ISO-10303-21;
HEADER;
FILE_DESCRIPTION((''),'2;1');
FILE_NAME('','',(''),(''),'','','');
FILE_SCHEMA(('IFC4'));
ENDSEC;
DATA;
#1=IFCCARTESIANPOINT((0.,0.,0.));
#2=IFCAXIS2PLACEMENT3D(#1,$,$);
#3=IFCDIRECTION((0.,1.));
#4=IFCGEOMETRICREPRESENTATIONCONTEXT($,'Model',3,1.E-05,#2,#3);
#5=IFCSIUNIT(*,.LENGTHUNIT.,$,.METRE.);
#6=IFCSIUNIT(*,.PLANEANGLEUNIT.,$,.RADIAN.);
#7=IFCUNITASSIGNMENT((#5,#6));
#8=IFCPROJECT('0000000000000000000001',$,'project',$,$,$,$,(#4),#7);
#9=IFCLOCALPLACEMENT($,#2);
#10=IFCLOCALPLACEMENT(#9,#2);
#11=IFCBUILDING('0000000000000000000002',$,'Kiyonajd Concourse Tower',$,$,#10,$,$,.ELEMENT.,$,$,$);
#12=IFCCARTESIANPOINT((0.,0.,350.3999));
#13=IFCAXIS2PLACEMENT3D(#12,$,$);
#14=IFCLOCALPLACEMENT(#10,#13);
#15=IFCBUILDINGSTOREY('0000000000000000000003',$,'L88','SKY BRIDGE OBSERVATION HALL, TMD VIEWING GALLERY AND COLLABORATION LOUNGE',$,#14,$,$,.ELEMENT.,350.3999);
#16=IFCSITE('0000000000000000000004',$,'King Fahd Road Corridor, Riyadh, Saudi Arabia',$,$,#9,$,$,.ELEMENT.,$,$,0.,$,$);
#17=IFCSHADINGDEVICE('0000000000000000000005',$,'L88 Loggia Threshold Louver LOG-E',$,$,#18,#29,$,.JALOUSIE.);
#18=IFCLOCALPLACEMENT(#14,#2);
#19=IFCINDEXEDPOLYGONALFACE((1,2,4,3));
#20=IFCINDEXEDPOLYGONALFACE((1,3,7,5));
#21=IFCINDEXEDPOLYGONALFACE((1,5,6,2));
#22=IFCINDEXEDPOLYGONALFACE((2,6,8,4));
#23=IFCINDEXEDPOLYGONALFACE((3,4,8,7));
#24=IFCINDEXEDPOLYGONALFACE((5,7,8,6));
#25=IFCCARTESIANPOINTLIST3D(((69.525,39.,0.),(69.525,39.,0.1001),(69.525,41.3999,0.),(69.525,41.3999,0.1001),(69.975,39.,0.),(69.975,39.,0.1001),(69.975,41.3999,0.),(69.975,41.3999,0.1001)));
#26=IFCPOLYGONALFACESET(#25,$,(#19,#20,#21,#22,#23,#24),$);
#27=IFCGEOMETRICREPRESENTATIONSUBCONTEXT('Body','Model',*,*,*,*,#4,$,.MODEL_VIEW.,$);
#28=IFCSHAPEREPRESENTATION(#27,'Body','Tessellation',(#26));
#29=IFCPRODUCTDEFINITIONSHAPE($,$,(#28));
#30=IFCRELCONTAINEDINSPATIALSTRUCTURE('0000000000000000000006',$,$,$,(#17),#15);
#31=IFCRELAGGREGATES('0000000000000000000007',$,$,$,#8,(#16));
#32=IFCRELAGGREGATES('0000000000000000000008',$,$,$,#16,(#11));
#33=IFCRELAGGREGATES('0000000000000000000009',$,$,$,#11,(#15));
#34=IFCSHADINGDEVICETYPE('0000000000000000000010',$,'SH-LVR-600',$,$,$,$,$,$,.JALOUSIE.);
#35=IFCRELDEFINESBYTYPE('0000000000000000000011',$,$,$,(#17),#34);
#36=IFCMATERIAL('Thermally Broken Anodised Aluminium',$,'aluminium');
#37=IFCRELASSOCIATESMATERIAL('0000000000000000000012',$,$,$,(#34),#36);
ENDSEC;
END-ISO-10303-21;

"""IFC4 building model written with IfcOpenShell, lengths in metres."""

from ifc_helpers import new_model, si_unit, direction, frame, origin, origin_2d, place, context, subcontext, project, spatial, rectangle, extrude, material, type_object, element, save


model = new_model("IFC4")

# Units and contexts
model_context = context("Model", 3, precision=1e-05, world=origin(), true_north=direction((0.0, 1.0)))
body_context = subcontext(model_context, "Body", "Model", "MODEL_VIEW")
ifc_project = project(units=[si_unit("LENGTHUNIT", "METRE"), si_unit("PLANEANGLEUNIT", "RADIAN")], contexts=[model_context])

# Site, building, storey
site_placement = place(None, origin())
site = spatial("IfcSite", under=ifc_project, at=site_placement, Name="King Fahd Road Corridor, Riyadh, Saudi Arabia", CompositionType="ELEMENT", RefElevation=0.0)
building_placement = place(site_placement, origin())
building = spatial("IfcBuilding", under=site, at=building_placement, Name="Kiyonajd Concourse Tower", CompositionType="ELEMENT")
storey_placement = place(building_placement, frame((0.0, 0.0, 350.3999)))
storey = spatial("IfcBuildingStorey", under=building, at=storey_placement, Name="L88", Description="SKY BRIDGE OBSERVATION HALL, TMD VIEWING GALLERY AND COLLABORATION LOUNGE", CompositionType="ELEMENT", Elevation=350.3999)

# Shared definitions
ifc_material_1 = material(Name="Thermally Broken Anodised Aluminium", Category="aluminium")

# Shading device
shading_device_type_1 = type_object("IfcShadingDeviceType", Name="SH-LVR-600", PredefinedType="JALOUSIE", material=ifc_material_1)
shading_device_1_placement = place(storey_placement, frame((69.75, 40.2, 0.0), z_axis=(0.0, 0.0, 1.0), x_axis=(0.0, 1.0, 0.0)))
element("IfcShadingDevice", 1, at=shading_device_1_placement, inside=storey, type_object=shading_device_type_1, Name="L88 Loggia Threshold Louver LOG-E", PredefinedType="JALOUSIE", context=body_context, shape_type="SweptSolid", body=[
    extrude(rectangle(XDim=2.3999, YDim=0.45, at=origin_2d()), origin(), (0.0, 0.0, 1.0), 0.1001),
])

save(model, "model.ifc")
